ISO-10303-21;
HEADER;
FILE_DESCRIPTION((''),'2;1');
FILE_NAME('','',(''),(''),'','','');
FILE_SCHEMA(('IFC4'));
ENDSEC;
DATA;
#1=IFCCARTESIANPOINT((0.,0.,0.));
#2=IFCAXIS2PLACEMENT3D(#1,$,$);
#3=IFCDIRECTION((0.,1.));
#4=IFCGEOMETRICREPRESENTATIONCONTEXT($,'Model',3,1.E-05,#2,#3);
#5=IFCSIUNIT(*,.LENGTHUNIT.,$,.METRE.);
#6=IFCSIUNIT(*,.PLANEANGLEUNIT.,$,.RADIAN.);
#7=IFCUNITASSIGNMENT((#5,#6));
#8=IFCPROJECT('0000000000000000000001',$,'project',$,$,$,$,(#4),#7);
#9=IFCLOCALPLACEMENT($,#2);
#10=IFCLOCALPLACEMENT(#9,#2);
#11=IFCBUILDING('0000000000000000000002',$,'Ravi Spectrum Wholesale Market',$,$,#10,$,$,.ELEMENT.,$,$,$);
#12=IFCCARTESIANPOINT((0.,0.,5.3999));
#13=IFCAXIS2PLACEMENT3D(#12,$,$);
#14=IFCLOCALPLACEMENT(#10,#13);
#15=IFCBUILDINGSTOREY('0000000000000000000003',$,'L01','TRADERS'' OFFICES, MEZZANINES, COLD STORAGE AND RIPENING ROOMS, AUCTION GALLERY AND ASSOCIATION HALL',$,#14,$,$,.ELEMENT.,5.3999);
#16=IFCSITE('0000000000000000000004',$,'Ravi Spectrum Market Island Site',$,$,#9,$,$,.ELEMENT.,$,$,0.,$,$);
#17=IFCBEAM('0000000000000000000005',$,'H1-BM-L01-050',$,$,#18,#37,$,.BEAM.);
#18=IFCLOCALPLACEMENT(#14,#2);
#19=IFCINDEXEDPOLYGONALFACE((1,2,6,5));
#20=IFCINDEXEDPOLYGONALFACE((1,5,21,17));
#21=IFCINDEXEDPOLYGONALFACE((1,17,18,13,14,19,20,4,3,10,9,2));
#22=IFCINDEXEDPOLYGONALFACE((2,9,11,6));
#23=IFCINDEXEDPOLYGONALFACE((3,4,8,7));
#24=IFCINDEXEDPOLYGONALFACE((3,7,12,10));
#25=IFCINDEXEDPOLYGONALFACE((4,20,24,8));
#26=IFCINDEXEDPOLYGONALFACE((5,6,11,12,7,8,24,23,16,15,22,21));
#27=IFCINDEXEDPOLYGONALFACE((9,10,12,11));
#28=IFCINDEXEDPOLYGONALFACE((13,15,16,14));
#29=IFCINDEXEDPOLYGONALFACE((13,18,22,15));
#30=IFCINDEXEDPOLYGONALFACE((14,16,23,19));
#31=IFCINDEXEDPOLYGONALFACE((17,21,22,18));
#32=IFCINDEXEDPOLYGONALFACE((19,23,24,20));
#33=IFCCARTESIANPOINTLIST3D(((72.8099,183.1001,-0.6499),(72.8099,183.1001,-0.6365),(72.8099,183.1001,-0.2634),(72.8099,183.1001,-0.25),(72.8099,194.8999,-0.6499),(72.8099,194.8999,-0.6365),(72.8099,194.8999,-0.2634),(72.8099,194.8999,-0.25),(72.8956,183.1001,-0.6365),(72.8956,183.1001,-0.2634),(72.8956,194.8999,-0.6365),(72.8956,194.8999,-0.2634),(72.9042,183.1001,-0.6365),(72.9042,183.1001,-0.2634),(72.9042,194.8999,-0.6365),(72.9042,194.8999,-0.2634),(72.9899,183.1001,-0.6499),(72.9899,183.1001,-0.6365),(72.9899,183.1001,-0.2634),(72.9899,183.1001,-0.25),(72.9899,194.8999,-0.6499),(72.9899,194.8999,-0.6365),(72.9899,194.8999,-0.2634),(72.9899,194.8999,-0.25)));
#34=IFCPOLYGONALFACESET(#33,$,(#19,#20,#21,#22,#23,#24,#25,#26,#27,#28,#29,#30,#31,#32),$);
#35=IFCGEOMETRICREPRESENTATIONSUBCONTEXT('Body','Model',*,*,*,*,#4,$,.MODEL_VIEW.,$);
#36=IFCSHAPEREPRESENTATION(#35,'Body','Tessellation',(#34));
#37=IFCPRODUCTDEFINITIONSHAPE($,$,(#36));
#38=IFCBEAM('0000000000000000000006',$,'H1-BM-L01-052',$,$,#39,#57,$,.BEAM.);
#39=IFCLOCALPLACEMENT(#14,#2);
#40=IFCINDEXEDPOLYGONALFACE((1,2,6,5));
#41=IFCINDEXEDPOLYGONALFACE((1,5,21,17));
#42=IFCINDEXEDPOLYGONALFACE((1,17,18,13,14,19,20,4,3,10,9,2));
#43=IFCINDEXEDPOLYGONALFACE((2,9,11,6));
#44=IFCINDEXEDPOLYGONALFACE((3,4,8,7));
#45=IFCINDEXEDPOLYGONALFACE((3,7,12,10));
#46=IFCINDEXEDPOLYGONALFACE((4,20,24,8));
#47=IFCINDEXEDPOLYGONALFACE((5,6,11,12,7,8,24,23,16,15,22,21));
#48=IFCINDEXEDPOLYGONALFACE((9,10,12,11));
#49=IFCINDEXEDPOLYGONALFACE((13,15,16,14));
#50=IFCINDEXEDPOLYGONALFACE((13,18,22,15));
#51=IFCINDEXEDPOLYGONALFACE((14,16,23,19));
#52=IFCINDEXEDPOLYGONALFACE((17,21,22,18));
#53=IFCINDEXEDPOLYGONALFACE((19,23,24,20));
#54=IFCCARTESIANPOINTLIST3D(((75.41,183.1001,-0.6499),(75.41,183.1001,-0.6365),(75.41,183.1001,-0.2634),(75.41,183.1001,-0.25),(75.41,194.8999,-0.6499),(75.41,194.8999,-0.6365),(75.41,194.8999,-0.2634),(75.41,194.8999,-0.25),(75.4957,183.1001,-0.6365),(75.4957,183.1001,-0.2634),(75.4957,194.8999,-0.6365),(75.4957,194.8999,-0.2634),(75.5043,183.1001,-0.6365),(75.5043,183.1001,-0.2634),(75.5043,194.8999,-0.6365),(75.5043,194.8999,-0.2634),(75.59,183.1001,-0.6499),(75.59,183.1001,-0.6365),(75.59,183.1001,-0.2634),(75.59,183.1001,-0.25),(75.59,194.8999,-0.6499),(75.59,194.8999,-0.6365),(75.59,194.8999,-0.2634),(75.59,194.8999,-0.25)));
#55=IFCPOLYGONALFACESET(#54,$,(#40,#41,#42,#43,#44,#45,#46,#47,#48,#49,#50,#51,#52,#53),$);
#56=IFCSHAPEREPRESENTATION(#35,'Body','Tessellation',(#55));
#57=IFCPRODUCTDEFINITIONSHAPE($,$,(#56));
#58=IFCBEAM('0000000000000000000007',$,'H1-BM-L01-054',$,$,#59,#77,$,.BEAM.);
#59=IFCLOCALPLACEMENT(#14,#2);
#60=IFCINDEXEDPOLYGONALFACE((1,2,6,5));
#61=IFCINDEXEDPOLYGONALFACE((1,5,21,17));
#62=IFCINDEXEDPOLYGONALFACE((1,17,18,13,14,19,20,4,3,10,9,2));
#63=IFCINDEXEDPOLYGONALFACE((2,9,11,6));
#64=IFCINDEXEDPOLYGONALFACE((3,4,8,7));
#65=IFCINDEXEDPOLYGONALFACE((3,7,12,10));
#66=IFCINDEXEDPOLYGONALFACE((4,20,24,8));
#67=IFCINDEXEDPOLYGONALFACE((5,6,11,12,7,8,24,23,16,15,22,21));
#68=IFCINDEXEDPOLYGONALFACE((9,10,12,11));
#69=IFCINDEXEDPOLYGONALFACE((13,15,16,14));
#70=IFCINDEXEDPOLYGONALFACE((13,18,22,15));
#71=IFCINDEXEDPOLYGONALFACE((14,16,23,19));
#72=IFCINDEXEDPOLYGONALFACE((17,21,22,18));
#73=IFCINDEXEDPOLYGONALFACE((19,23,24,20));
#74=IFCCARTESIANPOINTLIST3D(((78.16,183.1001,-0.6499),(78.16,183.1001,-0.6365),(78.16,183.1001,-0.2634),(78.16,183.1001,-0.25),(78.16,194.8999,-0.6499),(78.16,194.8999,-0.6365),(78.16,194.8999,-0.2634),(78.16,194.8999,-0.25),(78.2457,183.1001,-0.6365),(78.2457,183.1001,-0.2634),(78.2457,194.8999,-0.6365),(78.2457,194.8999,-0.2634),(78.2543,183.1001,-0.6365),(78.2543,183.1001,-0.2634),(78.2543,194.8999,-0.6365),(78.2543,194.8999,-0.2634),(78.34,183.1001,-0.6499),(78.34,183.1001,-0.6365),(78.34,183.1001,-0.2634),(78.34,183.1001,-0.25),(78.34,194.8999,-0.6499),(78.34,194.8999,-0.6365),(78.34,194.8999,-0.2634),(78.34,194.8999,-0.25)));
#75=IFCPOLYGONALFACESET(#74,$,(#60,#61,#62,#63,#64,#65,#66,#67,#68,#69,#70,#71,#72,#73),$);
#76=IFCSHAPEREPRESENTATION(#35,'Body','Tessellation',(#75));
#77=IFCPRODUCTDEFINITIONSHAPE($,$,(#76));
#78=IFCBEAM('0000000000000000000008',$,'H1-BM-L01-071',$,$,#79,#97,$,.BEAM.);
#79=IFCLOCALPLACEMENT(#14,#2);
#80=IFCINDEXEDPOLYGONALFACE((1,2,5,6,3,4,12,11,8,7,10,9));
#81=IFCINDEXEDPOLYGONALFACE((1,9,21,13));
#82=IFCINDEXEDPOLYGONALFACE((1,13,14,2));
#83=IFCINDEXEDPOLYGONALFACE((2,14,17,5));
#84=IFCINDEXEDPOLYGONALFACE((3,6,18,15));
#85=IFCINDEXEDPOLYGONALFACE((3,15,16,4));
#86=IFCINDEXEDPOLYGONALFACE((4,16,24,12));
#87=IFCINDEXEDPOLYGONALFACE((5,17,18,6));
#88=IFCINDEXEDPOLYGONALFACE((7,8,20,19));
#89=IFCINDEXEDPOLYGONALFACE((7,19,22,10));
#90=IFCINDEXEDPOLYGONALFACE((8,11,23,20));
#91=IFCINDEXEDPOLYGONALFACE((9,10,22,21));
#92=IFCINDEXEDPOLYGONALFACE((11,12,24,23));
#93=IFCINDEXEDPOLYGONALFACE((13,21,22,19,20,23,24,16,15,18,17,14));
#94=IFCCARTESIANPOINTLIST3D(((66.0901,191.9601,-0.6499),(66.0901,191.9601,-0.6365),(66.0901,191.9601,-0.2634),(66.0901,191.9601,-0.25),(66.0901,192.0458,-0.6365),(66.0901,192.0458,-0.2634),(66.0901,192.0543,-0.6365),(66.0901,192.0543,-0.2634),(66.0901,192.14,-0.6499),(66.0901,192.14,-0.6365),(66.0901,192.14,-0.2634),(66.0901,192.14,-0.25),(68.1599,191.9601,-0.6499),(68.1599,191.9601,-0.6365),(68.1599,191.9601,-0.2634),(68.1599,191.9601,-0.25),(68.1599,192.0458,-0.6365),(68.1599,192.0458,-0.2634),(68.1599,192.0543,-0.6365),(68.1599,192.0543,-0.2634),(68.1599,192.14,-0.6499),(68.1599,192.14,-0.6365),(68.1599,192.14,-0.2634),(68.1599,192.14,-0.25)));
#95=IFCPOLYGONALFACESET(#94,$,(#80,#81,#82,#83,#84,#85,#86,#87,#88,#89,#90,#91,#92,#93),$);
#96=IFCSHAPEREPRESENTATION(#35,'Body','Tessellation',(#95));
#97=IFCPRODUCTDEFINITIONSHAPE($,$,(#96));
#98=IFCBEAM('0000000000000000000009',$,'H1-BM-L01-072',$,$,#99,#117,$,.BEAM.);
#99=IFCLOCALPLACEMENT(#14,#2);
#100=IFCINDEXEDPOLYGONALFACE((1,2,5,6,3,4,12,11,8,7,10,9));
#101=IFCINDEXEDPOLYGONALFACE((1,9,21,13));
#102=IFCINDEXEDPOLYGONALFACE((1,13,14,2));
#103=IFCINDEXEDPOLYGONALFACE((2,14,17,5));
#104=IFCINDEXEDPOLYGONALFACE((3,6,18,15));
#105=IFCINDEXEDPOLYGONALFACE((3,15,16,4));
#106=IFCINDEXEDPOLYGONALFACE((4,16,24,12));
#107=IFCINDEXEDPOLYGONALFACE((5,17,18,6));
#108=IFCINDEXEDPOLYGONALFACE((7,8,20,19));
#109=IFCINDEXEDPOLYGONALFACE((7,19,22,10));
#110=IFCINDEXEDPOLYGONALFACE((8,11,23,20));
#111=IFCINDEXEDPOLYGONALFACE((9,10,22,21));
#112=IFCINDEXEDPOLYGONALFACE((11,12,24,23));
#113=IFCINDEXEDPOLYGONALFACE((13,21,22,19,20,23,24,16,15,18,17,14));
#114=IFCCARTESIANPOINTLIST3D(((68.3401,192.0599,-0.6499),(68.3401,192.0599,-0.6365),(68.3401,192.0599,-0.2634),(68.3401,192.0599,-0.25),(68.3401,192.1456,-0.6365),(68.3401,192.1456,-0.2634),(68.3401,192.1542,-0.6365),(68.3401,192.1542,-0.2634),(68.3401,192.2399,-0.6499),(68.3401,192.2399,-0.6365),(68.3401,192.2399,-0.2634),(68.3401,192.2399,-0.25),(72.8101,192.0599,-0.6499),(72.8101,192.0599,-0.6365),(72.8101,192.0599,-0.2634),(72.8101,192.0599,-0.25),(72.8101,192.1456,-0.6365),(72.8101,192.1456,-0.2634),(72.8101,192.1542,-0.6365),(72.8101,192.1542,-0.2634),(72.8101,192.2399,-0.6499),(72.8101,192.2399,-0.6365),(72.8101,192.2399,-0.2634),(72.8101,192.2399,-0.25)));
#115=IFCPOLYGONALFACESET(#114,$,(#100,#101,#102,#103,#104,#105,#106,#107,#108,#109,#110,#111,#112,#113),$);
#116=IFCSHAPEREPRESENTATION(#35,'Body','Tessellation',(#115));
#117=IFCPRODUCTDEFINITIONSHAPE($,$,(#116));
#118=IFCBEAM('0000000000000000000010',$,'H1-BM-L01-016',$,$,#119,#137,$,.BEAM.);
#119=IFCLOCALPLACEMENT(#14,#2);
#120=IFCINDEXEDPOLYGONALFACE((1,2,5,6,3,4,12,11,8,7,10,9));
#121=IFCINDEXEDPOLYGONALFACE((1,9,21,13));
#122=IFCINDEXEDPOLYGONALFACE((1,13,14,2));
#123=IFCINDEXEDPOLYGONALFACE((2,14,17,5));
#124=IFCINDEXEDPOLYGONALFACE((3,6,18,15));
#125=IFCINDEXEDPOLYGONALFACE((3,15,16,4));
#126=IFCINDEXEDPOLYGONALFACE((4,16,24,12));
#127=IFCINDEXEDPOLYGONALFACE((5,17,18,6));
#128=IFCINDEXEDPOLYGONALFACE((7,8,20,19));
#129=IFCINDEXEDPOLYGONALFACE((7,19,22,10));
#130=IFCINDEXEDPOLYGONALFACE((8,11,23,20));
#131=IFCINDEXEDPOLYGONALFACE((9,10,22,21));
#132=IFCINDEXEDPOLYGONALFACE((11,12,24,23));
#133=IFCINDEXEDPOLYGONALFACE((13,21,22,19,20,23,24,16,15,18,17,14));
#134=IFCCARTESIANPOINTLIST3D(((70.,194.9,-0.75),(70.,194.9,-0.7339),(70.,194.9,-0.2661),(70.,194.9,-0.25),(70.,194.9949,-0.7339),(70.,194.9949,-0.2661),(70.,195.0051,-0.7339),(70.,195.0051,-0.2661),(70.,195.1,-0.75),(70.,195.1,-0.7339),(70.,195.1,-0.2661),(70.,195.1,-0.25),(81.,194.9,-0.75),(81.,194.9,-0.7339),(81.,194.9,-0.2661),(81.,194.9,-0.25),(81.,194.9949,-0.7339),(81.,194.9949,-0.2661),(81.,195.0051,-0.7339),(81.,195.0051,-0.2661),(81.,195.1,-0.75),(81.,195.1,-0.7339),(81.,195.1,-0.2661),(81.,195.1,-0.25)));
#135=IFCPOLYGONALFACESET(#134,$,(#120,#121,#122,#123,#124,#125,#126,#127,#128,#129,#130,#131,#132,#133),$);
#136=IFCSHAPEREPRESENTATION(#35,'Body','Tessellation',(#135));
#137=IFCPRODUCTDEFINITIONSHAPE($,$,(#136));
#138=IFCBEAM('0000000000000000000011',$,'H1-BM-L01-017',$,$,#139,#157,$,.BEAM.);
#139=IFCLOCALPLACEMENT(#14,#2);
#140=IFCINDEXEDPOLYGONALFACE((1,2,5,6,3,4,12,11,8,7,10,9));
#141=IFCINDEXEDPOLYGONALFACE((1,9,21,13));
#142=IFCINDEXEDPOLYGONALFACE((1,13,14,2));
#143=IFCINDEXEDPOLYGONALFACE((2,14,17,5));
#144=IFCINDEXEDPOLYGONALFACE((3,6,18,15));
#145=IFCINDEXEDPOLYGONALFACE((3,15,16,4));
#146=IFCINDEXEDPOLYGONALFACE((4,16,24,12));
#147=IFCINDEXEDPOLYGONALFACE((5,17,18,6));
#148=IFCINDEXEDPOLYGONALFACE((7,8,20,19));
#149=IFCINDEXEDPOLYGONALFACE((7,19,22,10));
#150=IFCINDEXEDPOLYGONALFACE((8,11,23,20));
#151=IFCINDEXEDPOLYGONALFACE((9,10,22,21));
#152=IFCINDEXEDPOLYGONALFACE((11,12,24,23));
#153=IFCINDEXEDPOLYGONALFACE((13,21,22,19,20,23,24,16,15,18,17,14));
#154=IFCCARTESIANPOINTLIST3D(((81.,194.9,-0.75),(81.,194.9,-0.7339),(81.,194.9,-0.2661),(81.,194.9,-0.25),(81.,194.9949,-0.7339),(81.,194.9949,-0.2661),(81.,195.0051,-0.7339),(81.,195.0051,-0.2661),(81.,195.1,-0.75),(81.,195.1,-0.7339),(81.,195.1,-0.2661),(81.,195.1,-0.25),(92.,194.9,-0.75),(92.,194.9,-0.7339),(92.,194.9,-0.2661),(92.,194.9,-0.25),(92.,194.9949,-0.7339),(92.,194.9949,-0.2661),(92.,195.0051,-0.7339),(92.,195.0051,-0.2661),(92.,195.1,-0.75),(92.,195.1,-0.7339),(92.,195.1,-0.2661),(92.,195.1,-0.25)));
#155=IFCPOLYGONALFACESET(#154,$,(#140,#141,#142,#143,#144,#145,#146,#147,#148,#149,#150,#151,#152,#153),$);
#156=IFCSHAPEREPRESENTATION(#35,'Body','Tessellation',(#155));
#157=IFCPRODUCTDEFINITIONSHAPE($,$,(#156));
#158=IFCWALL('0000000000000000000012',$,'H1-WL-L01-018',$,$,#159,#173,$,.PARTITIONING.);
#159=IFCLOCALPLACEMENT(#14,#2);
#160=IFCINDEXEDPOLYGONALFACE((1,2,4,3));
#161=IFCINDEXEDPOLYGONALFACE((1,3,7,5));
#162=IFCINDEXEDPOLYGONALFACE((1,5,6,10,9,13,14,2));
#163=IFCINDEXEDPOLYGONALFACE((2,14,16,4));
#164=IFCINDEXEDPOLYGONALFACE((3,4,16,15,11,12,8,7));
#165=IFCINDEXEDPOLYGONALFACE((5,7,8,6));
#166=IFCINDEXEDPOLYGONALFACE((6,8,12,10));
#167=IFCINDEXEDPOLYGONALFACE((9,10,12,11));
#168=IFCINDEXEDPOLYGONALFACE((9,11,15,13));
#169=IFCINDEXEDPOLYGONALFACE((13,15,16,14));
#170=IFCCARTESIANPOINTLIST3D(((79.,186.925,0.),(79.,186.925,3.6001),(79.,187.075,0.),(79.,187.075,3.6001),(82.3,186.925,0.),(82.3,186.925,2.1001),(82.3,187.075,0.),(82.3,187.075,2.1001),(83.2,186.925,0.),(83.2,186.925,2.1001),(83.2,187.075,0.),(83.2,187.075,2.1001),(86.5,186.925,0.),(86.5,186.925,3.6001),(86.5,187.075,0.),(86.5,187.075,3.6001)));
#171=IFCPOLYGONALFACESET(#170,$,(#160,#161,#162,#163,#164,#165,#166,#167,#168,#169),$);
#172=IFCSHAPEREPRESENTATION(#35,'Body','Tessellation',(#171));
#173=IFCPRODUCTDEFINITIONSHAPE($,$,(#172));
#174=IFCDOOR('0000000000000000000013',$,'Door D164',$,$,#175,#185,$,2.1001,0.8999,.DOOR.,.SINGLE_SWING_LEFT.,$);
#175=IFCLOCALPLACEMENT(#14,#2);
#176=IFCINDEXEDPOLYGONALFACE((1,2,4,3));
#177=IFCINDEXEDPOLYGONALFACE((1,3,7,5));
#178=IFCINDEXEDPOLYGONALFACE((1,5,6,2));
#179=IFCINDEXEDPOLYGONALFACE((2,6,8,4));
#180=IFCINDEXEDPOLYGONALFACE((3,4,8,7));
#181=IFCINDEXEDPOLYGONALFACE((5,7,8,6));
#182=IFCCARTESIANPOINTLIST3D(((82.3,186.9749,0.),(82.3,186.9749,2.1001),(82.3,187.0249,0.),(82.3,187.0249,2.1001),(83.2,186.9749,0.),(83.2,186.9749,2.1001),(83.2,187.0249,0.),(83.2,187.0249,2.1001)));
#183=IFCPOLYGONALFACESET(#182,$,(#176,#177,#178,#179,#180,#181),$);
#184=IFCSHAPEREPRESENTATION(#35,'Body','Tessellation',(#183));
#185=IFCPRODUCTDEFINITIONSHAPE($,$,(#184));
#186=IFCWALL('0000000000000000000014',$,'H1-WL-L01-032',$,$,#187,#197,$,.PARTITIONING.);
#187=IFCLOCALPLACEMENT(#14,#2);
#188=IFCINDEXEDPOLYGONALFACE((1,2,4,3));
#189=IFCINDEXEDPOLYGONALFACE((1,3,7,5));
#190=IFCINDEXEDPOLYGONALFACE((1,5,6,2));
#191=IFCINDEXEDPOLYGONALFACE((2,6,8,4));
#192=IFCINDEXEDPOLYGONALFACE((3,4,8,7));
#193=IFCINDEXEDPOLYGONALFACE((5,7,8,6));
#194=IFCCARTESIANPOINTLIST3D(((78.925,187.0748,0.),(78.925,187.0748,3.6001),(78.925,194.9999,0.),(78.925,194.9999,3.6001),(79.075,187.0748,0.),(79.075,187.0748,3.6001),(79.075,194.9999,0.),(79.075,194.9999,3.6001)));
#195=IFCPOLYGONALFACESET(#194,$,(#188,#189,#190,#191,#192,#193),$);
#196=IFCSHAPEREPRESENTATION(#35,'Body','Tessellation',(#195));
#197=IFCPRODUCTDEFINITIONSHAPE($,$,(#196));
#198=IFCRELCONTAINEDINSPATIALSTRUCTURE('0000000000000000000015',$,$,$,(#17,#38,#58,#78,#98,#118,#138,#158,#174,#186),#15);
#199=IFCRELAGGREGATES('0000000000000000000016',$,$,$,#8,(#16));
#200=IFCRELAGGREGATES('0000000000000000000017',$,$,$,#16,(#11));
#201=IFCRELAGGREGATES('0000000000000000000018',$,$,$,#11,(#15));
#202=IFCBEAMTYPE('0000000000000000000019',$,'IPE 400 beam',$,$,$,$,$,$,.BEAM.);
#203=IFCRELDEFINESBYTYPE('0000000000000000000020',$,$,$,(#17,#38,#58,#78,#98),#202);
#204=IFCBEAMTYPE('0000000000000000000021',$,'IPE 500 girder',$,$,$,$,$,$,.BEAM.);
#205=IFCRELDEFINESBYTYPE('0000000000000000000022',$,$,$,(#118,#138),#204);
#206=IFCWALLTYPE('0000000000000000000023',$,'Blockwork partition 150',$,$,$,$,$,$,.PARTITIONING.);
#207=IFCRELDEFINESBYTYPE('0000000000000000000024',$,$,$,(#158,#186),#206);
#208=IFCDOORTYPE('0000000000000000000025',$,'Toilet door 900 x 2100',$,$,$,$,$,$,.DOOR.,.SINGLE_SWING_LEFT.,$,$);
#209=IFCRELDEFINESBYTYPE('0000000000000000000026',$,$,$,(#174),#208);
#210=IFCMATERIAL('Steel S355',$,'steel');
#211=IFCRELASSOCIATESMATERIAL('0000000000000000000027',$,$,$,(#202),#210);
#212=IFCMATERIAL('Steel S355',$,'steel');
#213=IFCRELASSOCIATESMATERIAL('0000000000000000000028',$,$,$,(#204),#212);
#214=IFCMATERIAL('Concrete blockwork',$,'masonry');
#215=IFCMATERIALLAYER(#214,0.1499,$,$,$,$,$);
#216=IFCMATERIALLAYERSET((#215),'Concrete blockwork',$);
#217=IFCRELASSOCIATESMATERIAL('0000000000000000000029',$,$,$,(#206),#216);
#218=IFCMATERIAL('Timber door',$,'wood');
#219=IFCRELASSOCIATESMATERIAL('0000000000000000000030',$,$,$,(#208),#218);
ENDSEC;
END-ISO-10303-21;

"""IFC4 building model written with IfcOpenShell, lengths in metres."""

from ifc_helpers import new_model, si_unit, direction, frame, frame_2d, origin, origin_2d, place, context, subcontext, project, spatial, rectangle, i_section, extrude, material, layer, layer_set, material_profile, profile_set, type_object, element, fill, save


model = new_model("IFC4")

# Units and contexts
model_context = context("Model", 3, precision=1e-05, world=origin(), true_north=direction((0.0, 1.0)))
body_context = subcontext(model_context, "Body", "Model", "MODEL_VIEW")
ifc_project = project(units=[si_unit("LENGTHUNIT", "METRE"), si_unit("PLANEANGLEUNIT", "RADIAN")], contexts=[model_context])

# Site, building, storey
site_placement = place(None, origin())
site = spatial("IfcSite", under=ifc_project, at=site_placement, Name="Ravi Spectrum Market Island Site", CompositionType="ELEMENT", RefElevation=0.0)
building_placement = place(site_placement, origin())
building = spatial("IfcBuilding", under=site, at=building_placement, Name="Ravi Spectrum Wholesale Market", CompositionType="ELEMENT")
storey_placement = place(building_placement, frame((0.0, 0.0, 5.3999)))
storey = spatial("IfcBuildingStorey", under=building, at=storey_placement, Name="L01", Description="TRADERS' OFFICES, MEZZANINES, COLD STORAGE AND RIPENING ROOMS, AUCTION GALLERY AND ASSOCIATION HALL", CompositionType="ELEMENT", Elevation=5.3999)

# Beams
ifc_material_1 = material(Name="Steel S355", Category="steel")
ifc_material_profile_1 = material_profile(ifc_material_1, i_section(OverallWidth=0.1799, OverallDepth=0.3999, WebThickness=0.0085, FlangeThickness=0.0134, at=origin_2d()))
ifc_profile_set_1 = profile_set([ifc_material_profile_1], Name="Steel S355")
beam_type_1 = type_object("IfcBeamType", Name="IPE 400 beam", PredefinedType="BEAM", material=ifc_profile_set_1)
for number, where, z_axis, x_axis, name in (
    (1, (72.8999, 183.1001, -0.45), (0.0, 1.0, 0.0), (-1.0, 0.0, 0.0), "H1-BM-L01-050"),
    (2, (75.5, 183.1001, -0.45), (0.0, 1.0, 0.0), (-1.0, 0.0, 0.0), "H1-BM-L01-052"),
    (3, (78.25, 183.1001, -0.45), (0.0, 1.0, 0.0), (-1.0, 0.0, 0.0), "H1-BM-L01-054"),
):
    element("IfcBeam", number, at=place(storey_placement, frame(where, z_axis=z_axis, x_axis=x_axis)), inside=storey, type_object=beam_type_1, Name=name, PredefinedType="BEAM", context=body_context, shape_type="SweptSolid", body=[
        extrude(i_section(OverallWidth=0.1799, OverallDepth=0.3999, WebThickness=0.0085, FlangeThickness=0.0134, at=origin_2d()), origin(), (0.0, 0.0, 1.0), 11.7998),
    ])
beam_1_placement = place(storey_placement, frame((66.0901, 192.05, -0.45), z_axis=(1.0, 0.0, 0.0), x_axis=(0.0, 1.0, 0.0)))
element("IfcBeam", 4, at=beam_1_placement, inside=storey, type_object=beam_type_1, Name="H1-BM-L01-071", PredefinedType="BEAM", context=body_context, shape_type="SweptSolid", body=[
    extrude(i_section(OverallWidth=0.1799, OverallDepth=0.3999, WebThickness=0.0085, FlangeThickness=0.0134, at=origin_2d()), origin(), (0.0, 0.0, 1.0), 2.0698),
])
beam_2_placement = place(storey_placement, frame((68.3401, 192.1499, -0.45), z_axis=(1.0, 0.0, 0.0), x_axis=(0.0, 1.0, 0.0)))
element("IfcBeam", 5, at=beam_2_placement, inside=storey, type_object=beam_type_1, Name="H1-BM-L01-072", PredefinedType="BEAM", context=body_context, shape_type="SweptSolid", body=[
    extrude(i_section(OverallWidth=0.1799, OverallDepth=0.3999, WebThickness=0.0085, FlangeThickness=0.0134, at=origin_2d()), origin(), (0.0, 0.0, 1.0), 4.47),
])
ifc_material_2 = material(Name="Steel S355", Category="steel")
ifc_material_profile_2 = material_profile(ifc_material_2, i_section(OverallWidth=0.2, OverallDepth=0.5, WebThickness=0.0103, FlangeThickness=0.0161, at=origin_2d()))
ifc_profile_set_2 = profile_set([ifc_material_profile_2], Name="Steel S355")
beam_type_2 = type_object("IfcBeamType", Name="IPE 500 girder", PredefinedType="BEAM", material=ifc_profile_set_2)
for number, where, z_axis, x_axis, name in (
    (6, (70.0, 195.0, -0.5), (1.0, 0.0, 0.0), (0.0, 1.0, 0.0), "H1-BM-L01-016"),
    (7, (81.0, 195.0, -0.5), (1.0, 0.0, 0.0), (0.0, 1.0, 0.0), "H1-BM-L01-017"),
):
    element("IfcBeam", number, at=place(storey_placement, frame(where, z_axis=z_axis, x_axis=x_axis)), inside=storey, type_object=beam_type_2, Name=name, PredefinedType="BEAM", context=body_context, shape_type="SweptSolid", body=[
        extrude(i_section(OverallWidth=0.2, OverallDepth=0.5, WebThickness=0.0103, FlangeThickness=0.0161, at=origin_2d()), origin(), (0.0, 0.0, 1.0), 11.0),
    ])

# Wall, opening, door
ifc_material_3 = material(Name="Concrete blockwork", Category="masonry")
ifc_layer_1 = layer(ifc_material_3, 0.1499)
ifc_layer_set_1 = layer_set([ifc_layer_1], Name="Concrete blockwork")
wall_type_1 = type_object("IfcWallType", Name="Blockwork partition 150", PredefinedType="PARTITIONING", material=ifc_layer_set_1)
wall_1_placement = place(storey_placement, frame((79.0, 187.0, 0.0), z_axis=(0.0, 0.0, 1.0), x_axis=(1.0, 0.0, 0.0)))
wall_1 = element("IfcWall", 8, at=wall_1_placement, inside=storey, type_object=wall_type_1, Name="H1-WL-L01-018", PredefinedType="PARTITIONING", context=body_context, shape_type="SweptSolid", body=[
    extrude(rectangle(XDim=7.5, YDim=0.1499, at=frame_2d((3.75, 0.0))), origin(), (0.0, 0.0, 1.0), 3.6001),
])
opening_1_placement = place(wall_1_placement, frame((3.3, 0.0, 0.0)))
opening_1 = element("IfcOpeningElement", 9, at=opening_1_placement, cuts=wall_1, PredefinedType="OPENING", context=body_context, shape_type="SweptSolid", body=[
    extrude(rectangle(XDim=0.8999, YDim=2.1001, at=frame_2d((0.45, 1.05))), frame((0.0, 0.085, 0.0), z_axis=(0.0, -1.0, 0.0), x_axis=(1.0, 0.0, 0.0)), (0.0, 0.0, 1.0), 0.1699),
])
ifc_material_4 = material(Name="Timber door", Category="wood")
door_type_1 = type_object("IfcDoorType", Name="Toilet door 900 x 2100", OperationType="SINGLE_SWING_LEFT", PredefinedType="DOOR", material=ifc_material_4)
door_1_placement = place(opening_1_placement, origin())
door_1 = element("IfcDoor", 10, at=door_1_placement, inside=storey, type_object=door_type_1, Name="Door D164", OperationType="SINGLE_SWING_LEFT", OverallHeight=2.1001, OverallWidth=0.8999, PredefinedType="DOOR", context=body_context, shape_type="SweptSolid", body=[
    extrude(rectangle(XDim=0.8999, YDim=2.1001, at=frame_2d((0.45, 1.05))), frame((0.0, 0.0249, 0.0), z_axis=(0.0, -1.0, 0.0), x_axis=(1.0, 0.0, 0.0)), (0.0, 0.0, 1.0), 0.05),
])
fill(opening_1, door_1)

# Wall
wall_2_placement = place(storey_placement, frame((79.0, 187.075, 0.0), z_axis=(0.0, 0.0, 1.0), x_axis=(0.0, 1.0, 0.0)))
element("IfcWall", 11, at=wall_2_placement, inside=storey, type_object=wall_type_1, Name="H1-WL-L01-032", PredefinedType="PARTITIONING", context=body_context, shape_type="SweptSolid", body=[
    extrude(rectangle(XDim=7.925, YDim=0.1499, at=frame_2d((3.9624, 0.0))), origin(), (0.0, 0.0, 1.0), 3.6001),
])

save(model, "model.ifc")
